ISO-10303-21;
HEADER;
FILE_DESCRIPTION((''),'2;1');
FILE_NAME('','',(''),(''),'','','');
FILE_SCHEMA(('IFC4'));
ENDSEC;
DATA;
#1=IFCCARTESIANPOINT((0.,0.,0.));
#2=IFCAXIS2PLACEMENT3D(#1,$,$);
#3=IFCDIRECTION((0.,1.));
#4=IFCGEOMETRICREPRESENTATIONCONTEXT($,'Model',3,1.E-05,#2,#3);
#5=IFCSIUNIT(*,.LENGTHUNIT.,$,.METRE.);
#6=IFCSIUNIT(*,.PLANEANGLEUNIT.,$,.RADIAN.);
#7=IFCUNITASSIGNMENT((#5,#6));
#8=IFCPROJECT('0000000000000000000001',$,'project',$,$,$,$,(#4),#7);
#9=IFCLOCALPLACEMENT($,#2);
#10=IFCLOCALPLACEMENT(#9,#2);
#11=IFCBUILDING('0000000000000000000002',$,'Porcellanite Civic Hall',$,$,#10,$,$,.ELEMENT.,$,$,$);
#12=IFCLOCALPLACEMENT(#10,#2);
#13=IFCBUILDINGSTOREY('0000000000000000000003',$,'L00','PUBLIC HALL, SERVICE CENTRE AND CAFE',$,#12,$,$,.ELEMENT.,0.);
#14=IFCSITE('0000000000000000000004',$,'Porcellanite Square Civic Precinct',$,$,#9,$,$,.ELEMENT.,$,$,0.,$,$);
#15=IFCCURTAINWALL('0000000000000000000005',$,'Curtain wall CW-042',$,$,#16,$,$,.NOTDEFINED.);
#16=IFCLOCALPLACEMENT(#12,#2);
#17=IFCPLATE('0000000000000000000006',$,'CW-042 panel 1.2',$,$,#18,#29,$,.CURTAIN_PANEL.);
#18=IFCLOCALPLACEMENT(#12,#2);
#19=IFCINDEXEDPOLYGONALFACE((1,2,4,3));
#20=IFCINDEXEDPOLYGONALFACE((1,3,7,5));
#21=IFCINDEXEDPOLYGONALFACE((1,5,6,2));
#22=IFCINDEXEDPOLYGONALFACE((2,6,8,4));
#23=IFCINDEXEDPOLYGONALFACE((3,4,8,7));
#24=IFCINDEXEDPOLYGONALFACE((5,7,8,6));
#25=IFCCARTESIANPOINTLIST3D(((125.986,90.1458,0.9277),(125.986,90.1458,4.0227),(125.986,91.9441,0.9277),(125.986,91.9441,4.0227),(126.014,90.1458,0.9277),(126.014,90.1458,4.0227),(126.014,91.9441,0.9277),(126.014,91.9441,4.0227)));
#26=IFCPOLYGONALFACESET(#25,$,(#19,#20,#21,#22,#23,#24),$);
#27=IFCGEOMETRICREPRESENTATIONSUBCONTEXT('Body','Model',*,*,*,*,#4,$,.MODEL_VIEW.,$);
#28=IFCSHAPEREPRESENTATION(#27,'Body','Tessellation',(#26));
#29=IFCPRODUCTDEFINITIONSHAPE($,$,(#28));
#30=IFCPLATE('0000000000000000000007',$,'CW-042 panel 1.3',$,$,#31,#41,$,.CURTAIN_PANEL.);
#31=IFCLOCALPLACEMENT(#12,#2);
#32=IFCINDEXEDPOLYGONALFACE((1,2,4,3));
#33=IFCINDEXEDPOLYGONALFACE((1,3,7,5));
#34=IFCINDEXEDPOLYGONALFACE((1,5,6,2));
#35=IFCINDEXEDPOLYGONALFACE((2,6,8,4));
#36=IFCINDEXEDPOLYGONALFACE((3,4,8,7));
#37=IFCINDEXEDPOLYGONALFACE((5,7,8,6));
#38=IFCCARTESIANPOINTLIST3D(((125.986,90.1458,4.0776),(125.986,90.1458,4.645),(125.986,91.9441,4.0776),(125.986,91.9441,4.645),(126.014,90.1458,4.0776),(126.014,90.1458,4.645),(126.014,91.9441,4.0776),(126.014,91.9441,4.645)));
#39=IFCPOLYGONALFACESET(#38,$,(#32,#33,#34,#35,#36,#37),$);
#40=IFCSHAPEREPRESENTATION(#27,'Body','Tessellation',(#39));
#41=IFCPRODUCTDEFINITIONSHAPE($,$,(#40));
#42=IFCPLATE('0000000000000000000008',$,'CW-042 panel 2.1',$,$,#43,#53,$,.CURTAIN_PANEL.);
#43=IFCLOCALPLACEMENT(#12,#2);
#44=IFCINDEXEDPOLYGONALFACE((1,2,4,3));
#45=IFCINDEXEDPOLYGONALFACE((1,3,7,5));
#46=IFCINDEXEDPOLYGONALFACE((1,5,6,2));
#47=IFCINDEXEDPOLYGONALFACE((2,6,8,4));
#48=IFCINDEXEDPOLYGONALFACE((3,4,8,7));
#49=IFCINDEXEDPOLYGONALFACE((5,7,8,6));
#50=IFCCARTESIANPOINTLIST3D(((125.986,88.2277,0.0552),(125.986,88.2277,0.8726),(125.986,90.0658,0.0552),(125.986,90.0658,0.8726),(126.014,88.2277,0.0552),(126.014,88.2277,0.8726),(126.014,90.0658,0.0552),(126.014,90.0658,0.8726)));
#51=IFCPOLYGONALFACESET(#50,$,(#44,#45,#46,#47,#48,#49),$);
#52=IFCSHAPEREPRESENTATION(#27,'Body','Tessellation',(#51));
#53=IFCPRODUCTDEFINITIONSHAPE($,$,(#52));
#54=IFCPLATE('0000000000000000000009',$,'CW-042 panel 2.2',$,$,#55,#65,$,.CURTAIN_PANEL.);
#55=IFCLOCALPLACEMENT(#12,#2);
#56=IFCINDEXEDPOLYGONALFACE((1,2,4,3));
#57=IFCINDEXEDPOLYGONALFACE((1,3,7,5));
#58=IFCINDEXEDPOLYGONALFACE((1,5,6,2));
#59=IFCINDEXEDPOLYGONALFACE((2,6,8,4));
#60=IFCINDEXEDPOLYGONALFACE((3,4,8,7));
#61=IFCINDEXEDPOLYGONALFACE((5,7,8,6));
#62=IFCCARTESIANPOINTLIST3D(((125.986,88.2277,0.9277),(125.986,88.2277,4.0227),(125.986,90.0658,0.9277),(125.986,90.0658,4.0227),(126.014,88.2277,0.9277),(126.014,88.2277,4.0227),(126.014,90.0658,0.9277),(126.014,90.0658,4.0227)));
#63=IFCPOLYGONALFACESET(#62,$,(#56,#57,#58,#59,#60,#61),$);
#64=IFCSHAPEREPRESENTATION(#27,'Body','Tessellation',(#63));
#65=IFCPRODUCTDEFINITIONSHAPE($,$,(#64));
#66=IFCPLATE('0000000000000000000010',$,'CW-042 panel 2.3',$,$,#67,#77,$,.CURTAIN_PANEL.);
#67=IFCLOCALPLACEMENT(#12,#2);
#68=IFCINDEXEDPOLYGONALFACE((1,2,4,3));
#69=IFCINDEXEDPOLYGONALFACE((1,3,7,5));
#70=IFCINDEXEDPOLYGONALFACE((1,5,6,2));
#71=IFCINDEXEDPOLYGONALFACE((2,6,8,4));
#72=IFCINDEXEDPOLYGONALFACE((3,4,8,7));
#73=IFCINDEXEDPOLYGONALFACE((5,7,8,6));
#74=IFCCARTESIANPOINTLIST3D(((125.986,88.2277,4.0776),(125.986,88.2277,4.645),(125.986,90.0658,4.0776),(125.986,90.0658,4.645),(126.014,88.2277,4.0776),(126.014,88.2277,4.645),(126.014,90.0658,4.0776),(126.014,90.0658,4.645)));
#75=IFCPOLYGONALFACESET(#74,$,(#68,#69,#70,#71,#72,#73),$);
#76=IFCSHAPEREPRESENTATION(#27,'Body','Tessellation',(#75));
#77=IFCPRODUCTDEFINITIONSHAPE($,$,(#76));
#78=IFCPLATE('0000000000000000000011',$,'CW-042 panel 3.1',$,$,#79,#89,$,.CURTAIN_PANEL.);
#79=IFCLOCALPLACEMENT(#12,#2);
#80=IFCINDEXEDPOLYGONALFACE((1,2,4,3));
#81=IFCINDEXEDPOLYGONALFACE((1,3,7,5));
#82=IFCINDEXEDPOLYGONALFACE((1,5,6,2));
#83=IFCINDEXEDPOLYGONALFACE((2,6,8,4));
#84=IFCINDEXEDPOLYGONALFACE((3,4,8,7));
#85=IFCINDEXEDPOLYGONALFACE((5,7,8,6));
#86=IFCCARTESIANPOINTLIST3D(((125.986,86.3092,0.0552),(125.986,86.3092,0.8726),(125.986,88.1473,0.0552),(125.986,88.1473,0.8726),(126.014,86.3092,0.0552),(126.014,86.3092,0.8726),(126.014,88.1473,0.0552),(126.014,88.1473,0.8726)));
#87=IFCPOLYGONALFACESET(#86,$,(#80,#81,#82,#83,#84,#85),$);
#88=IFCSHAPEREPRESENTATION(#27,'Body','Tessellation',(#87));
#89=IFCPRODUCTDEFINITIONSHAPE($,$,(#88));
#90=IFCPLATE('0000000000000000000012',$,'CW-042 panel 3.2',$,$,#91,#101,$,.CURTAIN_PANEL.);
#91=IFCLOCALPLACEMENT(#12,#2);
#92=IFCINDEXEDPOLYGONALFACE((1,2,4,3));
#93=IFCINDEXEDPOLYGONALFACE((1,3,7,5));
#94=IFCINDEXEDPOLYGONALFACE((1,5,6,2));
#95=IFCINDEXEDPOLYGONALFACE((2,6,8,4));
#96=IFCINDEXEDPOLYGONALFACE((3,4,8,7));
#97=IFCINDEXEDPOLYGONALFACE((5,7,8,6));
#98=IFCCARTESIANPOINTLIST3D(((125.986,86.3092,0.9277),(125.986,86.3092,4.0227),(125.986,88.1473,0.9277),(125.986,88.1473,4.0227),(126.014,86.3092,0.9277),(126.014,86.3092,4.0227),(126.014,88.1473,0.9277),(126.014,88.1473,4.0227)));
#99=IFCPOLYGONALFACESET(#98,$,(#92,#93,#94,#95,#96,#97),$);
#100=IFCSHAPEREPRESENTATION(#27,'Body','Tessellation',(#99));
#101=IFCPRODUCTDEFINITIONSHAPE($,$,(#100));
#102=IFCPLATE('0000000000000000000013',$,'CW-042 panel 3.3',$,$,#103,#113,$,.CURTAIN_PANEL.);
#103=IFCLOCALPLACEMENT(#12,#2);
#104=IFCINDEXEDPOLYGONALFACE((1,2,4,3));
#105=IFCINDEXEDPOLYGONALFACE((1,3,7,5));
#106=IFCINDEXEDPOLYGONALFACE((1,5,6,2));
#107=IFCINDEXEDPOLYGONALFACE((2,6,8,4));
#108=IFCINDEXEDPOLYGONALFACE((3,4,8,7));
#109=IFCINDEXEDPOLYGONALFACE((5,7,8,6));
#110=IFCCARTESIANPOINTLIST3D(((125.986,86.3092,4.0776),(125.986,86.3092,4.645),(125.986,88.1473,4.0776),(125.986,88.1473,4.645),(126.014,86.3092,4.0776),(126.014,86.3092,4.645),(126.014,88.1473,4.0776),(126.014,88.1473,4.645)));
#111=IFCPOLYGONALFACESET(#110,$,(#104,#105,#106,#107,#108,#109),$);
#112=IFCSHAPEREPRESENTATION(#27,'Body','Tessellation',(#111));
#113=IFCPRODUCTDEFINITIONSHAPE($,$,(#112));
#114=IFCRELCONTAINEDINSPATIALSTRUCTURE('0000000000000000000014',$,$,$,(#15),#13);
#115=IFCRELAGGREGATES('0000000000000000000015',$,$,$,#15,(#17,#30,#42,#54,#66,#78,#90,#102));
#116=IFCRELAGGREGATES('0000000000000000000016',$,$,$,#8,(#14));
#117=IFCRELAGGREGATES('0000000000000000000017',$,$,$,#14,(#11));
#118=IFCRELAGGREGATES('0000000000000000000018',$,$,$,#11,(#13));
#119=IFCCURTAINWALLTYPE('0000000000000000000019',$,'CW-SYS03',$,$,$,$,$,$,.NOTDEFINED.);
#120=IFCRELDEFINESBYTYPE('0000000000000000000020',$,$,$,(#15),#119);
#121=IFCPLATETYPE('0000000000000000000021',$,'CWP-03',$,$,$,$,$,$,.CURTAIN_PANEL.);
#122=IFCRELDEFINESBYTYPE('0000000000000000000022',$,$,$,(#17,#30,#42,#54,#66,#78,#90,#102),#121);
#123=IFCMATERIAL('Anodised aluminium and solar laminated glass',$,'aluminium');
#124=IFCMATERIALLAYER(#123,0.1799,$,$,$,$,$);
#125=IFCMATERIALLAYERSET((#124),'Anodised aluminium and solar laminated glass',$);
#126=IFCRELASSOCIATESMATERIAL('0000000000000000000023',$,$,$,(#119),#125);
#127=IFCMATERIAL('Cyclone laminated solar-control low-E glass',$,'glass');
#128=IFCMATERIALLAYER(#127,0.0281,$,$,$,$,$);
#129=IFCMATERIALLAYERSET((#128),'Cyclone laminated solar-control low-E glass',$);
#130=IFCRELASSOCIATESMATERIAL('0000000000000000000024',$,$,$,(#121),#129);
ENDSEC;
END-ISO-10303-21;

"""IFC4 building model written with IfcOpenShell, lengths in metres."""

from ifc_helpers import new_model, si_unit, direction, frame, origin, origin_2d, place, context, subcontext, project, spatial, rectangle, extrude, material, layer, layer_set, type_object, element, aggregate, save


model = new_model("IFC4")

# Units and contexts
model_context = context("Model", 3, precision=1e-05, world=origin(), true_north=direction((0.0, 1.0)))
body_context = subcontext(model_context, "Body", "Model", "MODEL_VIEW")
ifc_project = project(units=[si_unit("LENGTHUNIT", "METRE"), si_unit("PLANEANGLEUNIT", "RADIAN")], contexts=[model_context])

# Site, building, storey
site_placement = place(None, origin())
site = spatial("IfcSite", under=ifc_project, at=site_placement, Name="Porcellanite Square Civic Precinct", CompositionType="ELEMENT", RefElevation=0.0)
building_placement = place(site_placement, origin())
building = spatial("IfcBuilding", under=site, at=building_placement, Name="Porcellanite Civic Hall", CompositionType="ELEMENT")
storey_placement = place(building_placement, origin())
storey = spatial("IfcBuildingStorey", under=building, at=storey_placement, Name="L00", Description="PUBLIC HALL, SERVICE CENTRE AND CAFE", CompositionType="ELEMENT", Elevation=0.0)

# Curtain wall
ifc_material_1 = material(Name="Anodised aluminium and solar laminated glass", Category="aluminium")
ifc_layer_1 = layer(ifc_material_1, 0.1799)
ifc_layer_set_1 = layer_set([ifc_layer_1], Name="Anodised aluminium and solar laminated glass")
curtain_wall_type_1 = type_object("IfcCurtainWallType", Name="CW-SYS03", PredefinedType="NOTDEFINED", material=ifc_layer_set_1)
curtain_wall_1_placement = place(storey_placement, origin())
curtain_wall_1 = element("IfcCurtainWall", 1, at=curtain_wall_1_placement, inside=storey, type_object=curtain_wall_type_1, Name="Curtain wall CW-042", PredefinedType="NOTDEFINED")

# Plates
ifc_material_2 = material(Name="Cyclone laminated solar-control low-E glass", Category="glass")
ifc_layer_2 = layer(ifc_material_2, 0.0281)
ifc_layer_set_2 = layer_set([ifc_layer_2], Name="Cyclone laminated solar-control low-E glass")
plate_type = type_object("IfcPlateType", Name="CWP-03", PredefinedType="CURTAIN_PANEL", material=ifc_layer_set_2)
plate_1_placement = place(storey_placement, frame((126.0, 91.0449, 0.9277), z_axis=(0.0, 0.0, 1.0), x_axis=(0.0, -1.0, 0.0)))
plate_1 = element("IfcPlate", 2, at=plate_1_placement, type_object=plate_type, Name="CW-042 panel 1.2", PredefinedType="CURTAIN_PANEL", context=body_context, shape_type="SweptSolid", body=[
    extrude(rectangle(XDim=1.7983, YDim=0.0281, at=origin_2d()), origin(), (0.0, 0.0, 1.0), 3.095),
])
plate_2_placement = place(storey_placement, frame((126.0, 91.0449, 4.0776), z_axis=(0.0, 0.0, 1.0), x_axis=(0.0, -1.0, 0.0)))
plate_2 = element("IfcPlate", 3, at=plate_2_placement, type_object=plate_type, Name="CW-042 panel 1.3", PredefinedType="CURTAIN_PANEL", context=body_context, shape_type="SweptSolid", body=[
    extrude(rectangle(XDim=1.7983, YDim=0.0281, at=origin_2d()), origin(), (0.0, 0.0, 1.0), 0.5674),
])
plate_3_placement = place(storey_placement, frame((126.0, 89.1467, 0.0552), z_axis=(0.0, 0.0, 1.0), x_axis=(0.0, -1.0, 0.0)))
plate_3 = element("IfcPlate", 4, at=plate_3_placement, type_object=plate_type, Name="CW-042 panel 2.1", PredefinedType="CURTAIN_PANEL", context=body_context, shape_type="SweptSolid", body=[
    extrude(rectangle(XDim=1.8381, YDim=0.0281, at=origin_2d()), origin(), (0.0, 0.0, 1.0), 0.8174),
])
plate_4_placement = place(storey_placement, frame((126.0, 89.1467, 0.9277), z_axis=(0.0, 0.0, 1.0), x_axis=(0.0, -1.0, 0.0)))
plate_4 = element("IfcPlate", 5, at=plate_4_placement, type_object=plate_type, Name="CW-042 panel 2.2", PredefinedType="CURTAIN_PANEL", context=body_context, shape_type="SweptSolid", body=[
    extrude(rectangle(XDim=1.8381, YDim=0.0281, at=origin_2d()), origin(), (0.0, 0.0, 1.0), 3.095),
])
plate_5_placement = place(storey_placement, frame((126.0, 89.1467, 4.0776), z_axis=(0.0, 0.0, 1.0), x_axis=(0.0, -1.0, 0.0)))
plate_5 = element("IfcPlate", 6, at=plate_5_placement, type_object=plate_type, Name="CW-042 panel 2.3", PredefinedType="CURTAIN_PANEL", context=body_context, shape_type="SweptSolid", body=[
    extrude(rectangle(XDim=1.8381, YDim=0.0281, at=origin_2d()), origin(), (0.0, 0.0, 1.0), 0.5674),
])
plate_6_placement = place(storey_placement, frame((126.0, 87.2283, 0.0552), z_axis=(0.0, 0.0, 1.0), x_axis=(0.0, -1.0, 0.0)))
plate_6 = element("IfcPlate", 7, at=plate_6_placement, type_object=plate_type, Name="CW-042 panel 3.1", PredefinedType="CURTAIN_PANEL", context=body_context, shape_type="SweptSolid", body=[
    extrude(rectangle(XDim=1.8381, YDim=0.0281, at=origin_2d()), origin(), (0.0, 0.0, 1.0), 0.8174),
])
plate_7_placement = place(storey_placement, frame((126.0, 87.2283, 0.9277), z_axis=(0.0, 0.0, 1.0), x_axis=(0.0, -1.0, 0.0)))
plate_7 = element("IfcPlate", 8, at=plate_7_placement, type_object=plate_type, Name="CW-042 panel 3.2", PredefinedType="CURTAIN_PANEL", context=body_context, shape_type="SweptSolid", body=[
    extrude(rectangle(XDim=1.8381, YDim=0.0281, at=origin_2d()), origin(), (0.0, 0.0, 1.0), 3.095),
])
plate_8_placement = place(storey_placement, frame((126.0, 87.2283, 4.0776), z_axis=(0.0, 0.0, 1.0), x_axis=(0.0, -1.0, 0.0)))
plate_8 = element("IfcPlate", 9, at=plate_8_placement, type_object=plate_type, Name="CW-042 panel 3.3", PredefinedType="CURTAIN_PANEL", context=body_context, shape_type="SweptSolid", body=[
    extrude(rectangle(XDim=1.8381, YDim=0.0281, at=origin_2d()), origin(), (0.0, 0.0, 1.0), 0.5674),
])
aggregate(curtain_wall_1, [plate_1, plate_2, plate_3, plate_4, plate_5, plate_6, plate_7, plate_8])

save(model, "model.ifc")
